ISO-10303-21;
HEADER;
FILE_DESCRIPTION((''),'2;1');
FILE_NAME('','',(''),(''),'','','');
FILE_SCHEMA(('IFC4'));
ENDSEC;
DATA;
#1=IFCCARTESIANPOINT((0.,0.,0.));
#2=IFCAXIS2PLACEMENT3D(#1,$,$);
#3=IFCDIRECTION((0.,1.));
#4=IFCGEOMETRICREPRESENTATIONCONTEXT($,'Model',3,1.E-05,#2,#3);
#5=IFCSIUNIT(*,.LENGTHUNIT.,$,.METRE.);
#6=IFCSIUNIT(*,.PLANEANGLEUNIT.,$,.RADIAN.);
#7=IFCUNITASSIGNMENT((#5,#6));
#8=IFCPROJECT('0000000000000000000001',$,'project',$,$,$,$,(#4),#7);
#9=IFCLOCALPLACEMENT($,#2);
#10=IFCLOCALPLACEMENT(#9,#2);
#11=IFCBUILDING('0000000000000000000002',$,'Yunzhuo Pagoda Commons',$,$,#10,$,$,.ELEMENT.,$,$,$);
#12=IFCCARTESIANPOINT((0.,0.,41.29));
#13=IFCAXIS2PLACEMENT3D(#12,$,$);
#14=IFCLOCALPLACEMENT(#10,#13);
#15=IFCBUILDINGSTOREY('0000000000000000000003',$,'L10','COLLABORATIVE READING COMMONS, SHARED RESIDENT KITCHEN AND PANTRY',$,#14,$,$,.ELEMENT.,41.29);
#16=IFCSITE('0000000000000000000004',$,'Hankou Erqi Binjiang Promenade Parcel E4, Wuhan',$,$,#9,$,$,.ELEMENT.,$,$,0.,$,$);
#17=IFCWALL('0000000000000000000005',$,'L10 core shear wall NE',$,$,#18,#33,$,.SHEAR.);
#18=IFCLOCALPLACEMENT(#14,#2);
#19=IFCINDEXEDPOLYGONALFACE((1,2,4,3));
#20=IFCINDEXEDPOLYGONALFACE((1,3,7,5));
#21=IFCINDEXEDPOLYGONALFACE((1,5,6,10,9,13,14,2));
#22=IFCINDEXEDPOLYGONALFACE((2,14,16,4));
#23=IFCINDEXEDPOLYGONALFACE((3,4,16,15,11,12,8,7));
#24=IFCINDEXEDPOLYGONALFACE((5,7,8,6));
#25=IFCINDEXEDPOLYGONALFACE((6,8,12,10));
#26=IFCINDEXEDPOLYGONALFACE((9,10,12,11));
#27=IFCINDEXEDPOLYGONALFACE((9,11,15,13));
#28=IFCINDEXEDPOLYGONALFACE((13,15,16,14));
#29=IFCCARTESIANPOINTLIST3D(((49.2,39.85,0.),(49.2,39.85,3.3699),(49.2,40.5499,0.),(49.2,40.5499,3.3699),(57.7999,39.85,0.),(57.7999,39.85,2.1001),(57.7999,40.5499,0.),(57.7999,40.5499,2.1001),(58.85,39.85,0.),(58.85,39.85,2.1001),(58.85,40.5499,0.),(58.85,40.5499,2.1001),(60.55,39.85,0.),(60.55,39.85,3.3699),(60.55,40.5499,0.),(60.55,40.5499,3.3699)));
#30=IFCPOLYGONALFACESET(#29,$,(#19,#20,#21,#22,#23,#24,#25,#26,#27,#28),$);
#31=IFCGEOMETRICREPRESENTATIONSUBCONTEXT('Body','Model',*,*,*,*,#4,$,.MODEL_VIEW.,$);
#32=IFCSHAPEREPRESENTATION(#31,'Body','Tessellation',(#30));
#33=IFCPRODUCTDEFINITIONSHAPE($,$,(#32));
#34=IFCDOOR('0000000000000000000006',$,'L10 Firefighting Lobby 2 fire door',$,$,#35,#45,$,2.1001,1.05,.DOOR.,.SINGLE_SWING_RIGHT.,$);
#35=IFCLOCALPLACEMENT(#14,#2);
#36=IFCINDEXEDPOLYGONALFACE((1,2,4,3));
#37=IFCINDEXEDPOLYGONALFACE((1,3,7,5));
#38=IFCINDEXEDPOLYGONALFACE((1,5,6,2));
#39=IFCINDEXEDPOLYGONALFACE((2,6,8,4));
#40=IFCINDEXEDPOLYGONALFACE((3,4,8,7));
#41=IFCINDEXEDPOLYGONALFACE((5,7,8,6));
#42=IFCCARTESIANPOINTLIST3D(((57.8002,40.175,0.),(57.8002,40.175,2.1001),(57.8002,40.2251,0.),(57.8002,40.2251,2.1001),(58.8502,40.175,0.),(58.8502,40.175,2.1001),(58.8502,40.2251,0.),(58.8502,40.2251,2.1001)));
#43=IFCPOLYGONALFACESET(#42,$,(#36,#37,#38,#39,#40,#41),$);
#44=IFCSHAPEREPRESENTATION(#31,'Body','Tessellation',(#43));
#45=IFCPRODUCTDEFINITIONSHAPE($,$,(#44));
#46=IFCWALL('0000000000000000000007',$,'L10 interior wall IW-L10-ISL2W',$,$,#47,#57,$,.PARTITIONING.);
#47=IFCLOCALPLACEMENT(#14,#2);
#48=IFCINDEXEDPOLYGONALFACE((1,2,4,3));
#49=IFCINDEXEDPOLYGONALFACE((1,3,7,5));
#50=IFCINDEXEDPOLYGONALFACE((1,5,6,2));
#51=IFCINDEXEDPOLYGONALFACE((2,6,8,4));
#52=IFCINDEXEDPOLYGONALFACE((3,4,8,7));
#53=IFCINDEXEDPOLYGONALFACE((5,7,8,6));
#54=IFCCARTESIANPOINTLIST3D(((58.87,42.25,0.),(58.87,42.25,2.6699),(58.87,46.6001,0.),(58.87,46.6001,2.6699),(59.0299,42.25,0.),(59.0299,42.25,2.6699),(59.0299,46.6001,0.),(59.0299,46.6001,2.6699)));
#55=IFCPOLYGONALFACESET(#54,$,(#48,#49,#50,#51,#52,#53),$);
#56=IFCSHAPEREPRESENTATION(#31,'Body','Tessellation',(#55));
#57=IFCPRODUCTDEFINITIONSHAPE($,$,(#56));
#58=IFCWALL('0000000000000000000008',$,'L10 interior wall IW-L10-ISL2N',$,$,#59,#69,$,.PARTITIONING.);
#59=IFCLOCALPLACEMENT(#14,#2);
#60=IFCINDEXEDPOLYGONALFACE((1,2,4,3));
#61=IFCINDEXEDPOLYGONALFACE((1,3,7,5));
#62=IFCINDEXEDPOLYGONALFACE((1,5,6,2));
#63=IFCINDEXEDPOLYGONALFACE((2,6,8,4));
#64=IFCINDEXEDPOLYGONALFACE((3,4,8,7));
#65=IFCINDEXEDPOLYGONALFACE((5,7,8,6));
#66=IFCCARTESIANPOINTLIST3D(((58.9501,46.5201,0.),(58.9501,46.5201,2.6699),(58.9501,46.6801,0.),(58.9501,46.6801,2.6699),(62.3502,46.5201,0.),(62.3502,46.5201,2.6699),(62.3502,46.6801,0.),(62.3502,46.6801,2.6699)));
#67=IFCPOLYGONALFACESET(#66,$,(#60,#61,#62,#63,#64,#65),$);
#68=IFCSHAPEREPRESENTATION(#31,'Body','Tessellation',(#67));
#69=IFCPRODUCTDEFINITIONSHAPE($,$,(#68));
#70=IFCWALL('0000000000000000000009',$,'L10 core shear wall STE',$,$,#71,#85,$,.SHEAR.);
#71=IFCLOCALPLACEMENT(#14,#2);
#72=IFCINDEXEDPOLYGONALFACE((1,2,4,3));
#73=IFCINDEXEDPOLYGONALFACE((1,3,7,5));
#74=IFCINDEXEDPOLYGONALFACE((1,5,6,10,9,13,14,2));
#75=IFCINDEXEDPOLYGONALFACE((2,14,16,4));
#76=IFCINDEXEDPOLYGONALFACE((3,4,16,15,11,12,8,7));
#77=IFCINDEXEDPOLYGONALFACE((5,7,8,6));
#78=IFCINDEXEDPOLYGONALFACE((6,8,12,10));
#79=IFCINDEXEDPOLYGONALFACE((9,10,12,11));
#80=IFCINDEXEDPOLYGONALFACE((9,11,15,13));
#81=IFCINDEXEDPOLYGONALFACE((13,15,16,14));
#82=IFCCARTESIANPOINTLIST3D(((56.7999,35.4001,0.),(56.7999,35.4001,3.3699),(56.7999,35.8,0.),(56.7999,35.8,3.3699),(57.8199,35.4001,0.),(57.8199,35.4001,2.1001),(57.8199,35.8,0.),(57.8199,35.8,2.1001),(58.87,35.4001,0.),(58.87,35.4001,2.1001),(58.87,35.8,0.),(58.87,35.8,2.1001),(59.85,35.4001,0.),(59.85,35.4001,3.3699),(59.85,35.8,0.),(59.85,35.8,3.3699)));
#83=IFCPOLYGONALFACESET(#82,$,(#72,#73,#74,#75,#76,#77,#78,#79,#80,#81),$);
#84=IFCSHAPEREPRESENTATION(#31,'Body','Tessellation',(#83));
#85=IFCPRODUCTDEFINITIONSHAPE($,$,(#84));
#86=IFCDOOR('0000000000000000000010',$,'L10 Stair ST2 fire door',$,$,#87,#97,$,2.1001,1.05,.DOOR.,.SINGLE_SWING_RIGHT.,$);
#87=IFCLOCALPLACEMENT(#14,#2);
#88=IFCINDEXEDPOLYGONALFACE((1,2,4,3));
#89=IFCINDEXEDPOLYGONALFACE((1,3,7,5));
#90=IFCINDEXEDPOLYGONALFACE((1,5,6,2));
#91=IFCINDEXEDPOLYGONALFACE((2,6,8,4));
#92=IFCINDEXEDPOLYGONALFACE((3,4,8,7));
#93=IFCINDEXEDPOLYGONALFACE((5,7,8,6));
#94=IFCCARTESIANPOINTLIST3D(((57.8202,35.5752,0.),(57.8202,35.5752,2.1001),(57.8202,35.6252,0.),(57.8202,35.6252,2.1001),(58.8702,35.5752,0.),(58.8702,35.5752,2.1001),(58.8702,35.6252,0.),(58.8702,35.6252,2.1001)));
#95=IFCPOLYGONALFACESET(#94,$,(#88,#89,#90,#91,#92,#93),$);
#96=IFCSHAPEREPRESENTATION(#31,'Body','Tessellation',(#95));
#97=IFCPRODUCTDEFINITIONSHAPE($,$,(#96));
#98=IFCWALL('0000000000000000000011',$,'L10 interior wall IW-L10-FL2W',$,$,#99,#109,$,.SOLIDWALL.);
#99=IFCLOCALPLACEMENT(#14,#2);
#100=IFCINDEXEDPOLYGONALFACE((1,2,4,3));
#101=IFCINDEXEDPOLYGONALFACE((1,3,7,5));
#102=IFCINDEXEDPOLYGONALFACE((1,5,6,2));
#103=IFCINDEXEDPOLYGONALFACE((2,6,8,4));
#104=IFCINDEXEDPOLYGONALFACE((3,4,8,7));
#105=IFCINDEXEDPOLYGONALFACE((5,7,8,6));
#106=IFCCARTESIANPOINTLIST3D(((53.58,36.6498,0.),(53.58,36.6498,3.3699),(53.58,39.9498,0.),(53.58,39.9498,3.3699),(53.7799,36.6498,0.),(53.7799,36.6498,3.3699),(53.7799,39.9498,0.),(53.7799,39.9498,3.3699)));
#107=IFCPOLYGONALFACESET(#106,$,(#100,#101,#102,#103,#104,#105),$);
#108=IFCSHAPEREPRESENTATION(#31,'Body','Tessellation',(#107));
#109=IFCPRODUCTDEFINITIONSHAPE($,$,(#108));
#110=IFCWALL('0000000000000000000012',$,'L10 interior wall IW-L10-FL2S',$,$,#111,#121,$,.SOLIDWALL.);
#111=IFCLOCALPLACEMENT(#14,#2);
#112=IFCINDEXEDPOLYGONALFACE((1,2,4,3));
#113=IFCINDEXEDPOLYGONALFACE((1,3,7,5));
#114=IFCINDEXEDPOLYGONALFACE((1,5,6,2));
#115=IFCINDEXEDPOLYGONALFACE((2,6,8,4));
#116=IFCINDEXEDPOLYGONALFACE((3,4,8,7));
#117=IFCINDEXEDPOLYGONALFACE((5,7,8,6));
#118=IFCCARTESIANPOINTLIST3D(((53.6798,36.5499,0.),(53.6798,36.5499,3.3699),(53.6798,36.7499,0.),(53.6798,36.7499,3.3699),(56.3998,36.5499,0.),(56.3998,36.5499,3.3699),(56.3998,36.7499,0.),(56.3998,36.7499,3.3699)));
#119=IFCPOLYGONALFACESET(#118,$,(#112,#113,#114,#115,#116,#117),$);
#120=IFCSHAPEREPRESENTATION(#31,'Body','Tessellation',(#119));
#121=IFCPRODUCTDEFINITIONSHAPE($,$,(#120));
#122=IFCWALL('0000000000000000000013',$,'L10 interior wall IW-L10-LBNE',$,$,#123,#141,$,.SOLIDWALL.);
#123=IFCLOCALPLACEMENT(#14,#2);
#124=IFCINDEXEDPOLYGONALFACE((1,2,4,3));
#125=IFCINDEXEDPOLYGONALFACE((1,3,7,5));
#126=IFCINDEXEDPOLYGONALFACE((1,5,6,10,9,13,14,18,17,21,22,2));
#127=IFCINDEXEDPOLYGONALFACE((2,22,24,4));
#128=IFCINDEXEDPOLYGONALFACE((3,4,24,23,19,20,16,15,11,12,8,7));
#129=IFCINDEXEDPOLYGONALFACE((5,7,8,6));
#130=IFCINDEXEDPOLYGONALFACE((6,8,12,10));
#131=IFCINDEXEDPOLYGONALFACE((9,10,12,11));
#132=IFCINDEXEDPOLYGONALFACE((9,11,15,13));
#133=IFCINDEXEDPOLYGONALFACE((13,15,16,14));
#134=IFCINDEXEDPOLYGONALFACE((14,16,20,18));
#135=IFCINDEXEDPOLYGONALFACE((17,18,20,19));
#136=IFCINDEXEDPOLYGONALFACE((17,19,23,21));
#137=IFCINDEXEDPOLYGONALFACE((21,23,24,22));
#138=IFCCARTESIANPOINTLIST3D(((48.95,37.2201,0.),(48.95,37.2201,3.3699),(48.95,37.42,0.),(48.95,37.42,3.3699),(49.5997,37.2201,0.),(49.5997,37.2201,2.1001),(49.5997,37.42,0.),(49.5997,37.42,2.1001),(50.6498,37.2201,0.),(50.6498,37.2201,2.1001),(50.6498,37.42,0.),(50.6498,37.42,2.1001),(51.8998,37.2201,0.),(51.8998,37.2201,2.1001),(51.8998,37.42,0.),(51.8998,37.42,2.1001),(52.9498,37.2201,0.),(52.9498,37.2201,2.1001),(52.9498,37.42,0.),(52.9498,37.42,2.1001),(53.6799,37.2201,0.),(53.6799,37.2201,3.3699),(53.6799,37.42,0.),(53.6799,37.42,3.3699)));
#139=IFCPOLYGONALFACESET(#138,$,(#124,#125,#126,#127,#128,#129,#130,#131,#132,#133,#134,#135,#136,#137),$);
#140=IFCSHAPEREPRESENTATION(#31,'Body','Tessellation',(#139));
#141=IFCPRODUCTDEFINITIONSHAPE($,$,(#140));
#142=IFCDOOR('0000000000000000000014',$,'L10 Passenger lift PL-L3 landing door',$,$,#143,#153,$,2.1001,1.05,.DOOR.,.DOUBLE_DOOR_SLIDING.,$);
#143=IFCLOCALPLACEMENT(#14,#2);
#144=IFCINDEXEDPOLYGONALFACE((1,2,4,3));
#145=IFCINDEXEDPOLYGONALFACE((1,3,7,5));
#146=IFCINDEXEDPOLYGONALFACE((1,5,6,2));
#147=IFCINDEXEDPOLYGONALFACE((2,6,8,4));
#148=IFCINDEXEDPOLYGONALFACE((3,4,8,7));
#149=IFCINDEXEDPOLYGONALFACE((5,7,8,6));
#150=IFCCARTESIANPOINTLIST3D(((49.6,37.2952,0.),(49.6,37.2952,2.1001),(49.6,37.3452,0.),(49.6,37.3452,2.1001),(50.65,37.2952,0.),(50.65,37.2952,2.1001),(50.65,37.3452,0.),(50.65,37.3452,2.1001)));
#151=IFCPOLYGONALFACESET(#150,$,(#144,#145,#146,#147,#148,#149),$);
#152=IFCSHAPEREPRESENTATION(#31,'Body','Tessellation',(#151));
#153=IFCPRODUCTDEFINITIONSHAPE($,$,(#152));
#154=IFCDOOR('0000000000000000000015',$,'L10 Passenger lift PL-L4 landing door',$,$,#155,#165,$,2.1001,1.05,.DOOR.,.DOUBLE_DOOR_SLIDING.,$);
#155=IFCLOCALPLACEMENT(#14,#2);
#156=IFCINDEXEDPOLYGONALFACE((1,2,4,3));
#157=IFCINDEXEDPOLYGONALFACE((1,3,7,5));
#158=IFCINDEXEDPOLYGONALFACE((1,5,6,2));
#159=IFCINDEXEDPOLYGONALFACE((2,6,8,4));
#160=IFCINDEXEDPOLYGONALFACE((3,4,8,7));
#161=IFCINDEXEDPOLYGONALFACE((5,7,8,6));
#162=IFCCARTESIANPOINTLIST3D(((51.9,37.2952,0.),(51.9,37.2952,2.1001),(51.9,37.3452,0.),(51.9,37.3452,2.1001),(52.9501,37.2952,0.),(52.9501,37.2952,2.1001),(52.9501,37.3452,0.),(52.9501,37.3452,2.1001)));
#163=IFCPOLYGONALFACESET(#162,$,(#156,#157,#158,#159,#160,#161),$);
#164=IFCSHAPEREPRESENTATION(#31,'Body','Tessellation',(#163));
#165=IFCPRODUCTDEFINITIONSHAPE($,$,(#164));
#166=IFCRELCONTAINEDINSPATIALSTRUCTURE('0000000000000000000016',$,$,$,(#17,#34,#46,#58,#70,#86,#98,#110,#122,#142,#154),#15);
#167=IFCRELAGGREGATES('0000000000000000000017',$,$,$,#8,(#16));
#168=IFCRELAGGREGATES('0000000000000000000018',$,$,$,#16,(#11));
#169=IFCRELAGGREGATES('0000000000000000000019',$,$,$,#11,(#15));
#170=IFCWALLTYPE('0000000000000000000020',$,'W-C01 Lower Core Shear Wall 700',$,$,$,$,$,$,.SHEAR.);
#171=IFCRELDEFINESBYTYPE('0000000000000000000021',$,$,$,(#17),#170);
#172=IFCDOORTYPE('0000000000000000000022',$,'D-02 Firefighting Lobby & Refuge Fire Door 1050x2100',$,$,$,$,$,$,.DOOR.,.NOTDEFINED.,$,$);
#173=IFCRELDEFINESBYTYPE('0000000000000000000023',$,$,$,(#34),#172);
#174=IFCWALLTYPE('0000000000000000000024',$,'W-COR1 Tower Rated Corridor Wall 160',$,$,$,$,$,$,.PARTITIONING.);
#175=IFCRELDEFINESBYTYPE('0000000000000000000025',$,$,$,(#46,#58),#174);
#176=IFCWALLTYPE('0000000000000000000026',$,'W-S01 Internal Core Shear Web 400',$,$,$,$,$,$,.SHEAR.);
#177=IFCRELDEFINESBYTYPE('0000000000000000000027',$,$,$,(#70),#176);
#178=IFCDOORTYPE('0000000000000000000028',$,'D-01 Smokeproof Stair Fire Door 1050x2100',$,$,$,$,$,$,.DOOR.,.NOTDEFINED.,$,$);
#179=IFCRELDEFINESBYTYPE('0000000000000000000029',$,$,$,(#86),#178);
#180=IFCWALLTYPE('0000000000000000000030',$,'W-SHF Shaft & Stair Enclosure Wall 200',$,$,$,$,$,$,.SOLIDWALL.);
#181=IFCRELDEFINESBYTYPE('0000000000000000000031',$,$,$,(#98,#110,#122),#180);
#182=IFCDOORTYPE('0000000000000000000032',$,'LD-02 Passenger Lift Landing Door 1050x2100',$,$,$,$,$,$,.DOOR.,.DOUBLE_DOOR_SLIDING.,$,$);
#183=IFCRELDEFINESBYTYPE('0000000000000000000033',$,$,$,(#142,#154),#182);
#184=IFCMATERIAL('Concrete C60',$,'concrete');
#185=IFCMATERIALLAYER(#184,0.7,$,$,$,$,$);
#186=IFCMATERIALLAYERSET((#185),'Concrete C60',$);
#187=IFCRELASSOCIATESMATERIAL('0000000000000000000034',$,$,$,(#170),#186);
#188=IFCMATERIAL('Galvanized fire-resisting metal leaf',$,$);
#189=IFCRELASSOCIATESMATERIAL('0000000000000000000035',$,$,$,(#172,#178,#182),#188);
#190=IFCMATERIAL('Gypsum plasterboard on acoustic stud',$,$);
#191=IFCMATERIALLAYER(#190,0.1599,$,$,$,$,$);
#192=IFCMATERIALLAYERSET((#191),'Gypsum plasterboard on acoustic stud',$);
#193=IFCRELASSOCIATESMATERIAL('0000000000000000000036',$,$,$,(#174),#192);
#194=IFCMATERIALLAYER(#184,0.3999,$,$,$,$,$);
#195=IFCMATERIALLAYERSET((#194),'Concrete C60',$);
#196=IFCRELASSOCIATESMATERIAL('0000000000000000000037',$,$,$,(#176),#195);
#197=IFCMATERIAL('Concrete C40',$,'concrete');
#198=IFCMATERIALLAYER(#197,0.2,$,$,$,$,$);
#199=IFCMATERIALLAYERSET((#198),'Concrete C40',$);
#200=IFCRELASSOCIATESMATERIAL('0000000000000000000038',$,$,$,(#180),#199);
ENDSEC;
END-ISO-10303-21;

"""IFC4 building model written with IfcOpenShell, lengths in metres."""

from ifc_helpers import new_model, si_unit, direction, frame, frame_2d, origin, place, context, subcontext, project, spatial, rectangle, extrude, source, transform, mapped, material, layer, layer_set, type_object, element, fill, save


model = new_model("IFC4")

# Units and contexts
model_context = context("Model", 3, precision=1e-05, world=origin(), true_north=direction((0.0, 1.0)))
body_context = subcontext(model_context, "Body", "Model", "MODEL_VIEW")
ifc_project = project(units=[si_unit("LENGTHUNIT", "METRE"), si_unit("PLANEANGLEUNIT", "RADIAN")], contexts=[model_context])

# Site, building, storey
site_placement = place(None, origin())
site = spatial("IfcSite", under=ifc_project, at=site_placement, Name="Hankou Erqi Binjiang Promenade Parcel E4, Wuhan", CompositionType="ELEMENT", RefElevation=0.0)
building_placement = place(site_placement, origin())
building = spatial("IfcBuilding", under=site, at=building_placement, Name="Yunzhuo Pagoda Commons", CompositionType="ELEMENT")
storey_placement = place(building_placement, frame((0.0, 0.0, 41.29)))
storey = spatial("IfcBuildingStorey", under=building, at=storey_placement, Name="L10", Description="COLLABORATIVE READING COMMONS, SHARED RESIDENT KITCHEN AND PANTRY", CompositionType="ELEMENT", Elevation=41.29)

# Wall, opening, door
ifc_material_1 = material(Name="Concrete C60", Category="concrete")
ifc_layer_1 = layer(ifc_material_1, 0.7)
ifc_layer_set_1 = layer_set([ifc_layer_1], Name="Concrete C60")
wall_type_1 = type_object("IfcWallType", Name="W-C01 Lower Core Shear Wall 700", PredefinedType="SHEAR", material=ifc_layer_set_1)
wall_1_placement = place(storey_placement, frame((49.2, 40.2, 0.0), z_axis=(0.0, 0.0, 1.0), x_axis=(1.0, 0.0, 0.0)))
wall_1 = element("IfcWall", 1, at=wall_1_placement, inside=storey, type_object=wall_type_1, Name="L10 core shear wall NE", PredefinedType="SHEAR", context=body_context, shape_type="SweptSolid", body=[
    extrude(rectangle(XDim=11.3501, YDim=0.7, at=frame_2d((5.675, 0.0))), origin(), (0.0, 0.0, 1.0), 3.3699),
])
opening_1_placement = place(wall_1_placement, frame((8.6001, 0.0, 0.0)))
opening_1 = element("IfcOpeningElement", 2, at=opening_1_placement, cuts=wall_1, PredefinedType="OPENING", context=body_context, shape_type="SweptSolid", body=[
    extrude(rectangle(XDim=1.05, YDim=2.1001, at=frame_2d((0.5249, 1.05))), frame((0.0, 0.3599, 0.0), z_axis=(0.0, -1.0, 0.0), x_axis=(1.0, 0.0, 0.0)), (0.0, 0.0, 1.0), 0.72),
])
ifc_material_2 = material(Name="Galvanized fire-resisting metal leaf")
door_type_1 = type_object("IfcDoorType", Name="D-02 Firefighting Lobby & Refuge Fire Door 1050x2100", OperationType="NOTDEFINED", PredefinedType="DOOR", material=ifc_material_2)
shared_shape_1 = source(origin(), body_context, "Body", "SweptSolid", [
    extrude(rectangle(XDim=1.05, YDim=2.1001, at=frame_2d((0.5249, 1.05))), frame((0.0, 0.0249, 0.0), z_axis=(0.0, -1.0, 0.0), x_axis=(1.0, 0.0, 0.0)), (0.0, 0.0, 1.0), 0.05),
])
door_1_placement = place(opening_1_placement, frame((1.05, 0.0, 0.0), z_axis=(0.0, 0.0, 1.0), x_axis=(-1.0, 0.0, 0.0)))
door_1 = element("IfcDoor", 3, at=door_1_placement, inside=storey, type_object=door_type_1, Name="L10 Firefighting Lobby 2 fire door", OperationType="SINGLE_SWING_RIGHT", OverallHeight=2.1001, OverallWidth=1.05, PredefinedType="DOOR", context=body_context, shape_type="MappedRepresentation", body=[
    mapped(shared_shape_1, transform((0.0, 0.0, 0.0), scale=1.0)),
])
fill(opening_1, door_1)

# Walls
ifc_material_3 = material(Name="Gypsum plasterboard on acoustic stud")
ifc_layer_2 = layer(ifc_material_3, 0.1599)
ifc_layer_set_2 = layer_set([ifc_layer_2], Name="Gypsum plasterboard on acoustic stud")
wall_type_2 = type_object("IfcWallType", Name="W-COR1 Tower Rated Corridor Wall 160", PredefinedType="PARTITIONING", material=ifc_layer_set_2)
wall_2_placement = place(storey_placement, frame((58.95, 42.25, 0.0), z_axis=(0.0, 0.0, 1.0), x_axis=(0.0, 1.0, 0.0)))
element("IfcWall", 4, at=wall_2_placement, inside=storey, type_object=wall_type_2, Name="L10 interior wall IW-L10-ISL2W", PredefinedType="PARTITIONING", context=body_context, shape_type="SweptSolid", body=[
    extrude(rectangle(XDim=4.3501, YDim=0.1599, at=frame_2d((2.175, 0.0))), origin(), (0.0, 0.0, 1.0), 2.6699),
])
wall_3_placement = place(storey_placement, frame((58.95, 46.6001, 0.0), z_axis=(0.0, 0.0, 1.0), x_axis=(1.0, 0.0, 0.0)))
element("IfcWall", 5, at=wall_3_placement, inside=storey, type_object=wall_type_2, Name="L10 interior wall IW-L10-ISL2N", PredefinedType="PARTITIONING", context=body_context, shape_type="SweptSolid", body=[
    extrude(rectangle(XDim=3.4001, YDim=0.1599, at=frame_2d((1.7002, 0.0))), origin(), (0.0, 0.0, 1.0), 2.6699),
])

# Wall, opening, door
ifc_layer_3 = layer(ifc_material_1, 0.3999)
ifc_layer_set_3 = layer_set([ifc_layer_3], Name="Concrete C60")
wall_type_3 = type_object("IfcWallType", Name="W-S01 Internal Core Shear Web 400", PredefinedType="SHEAR", material=ifc_layer_set_3)
wall_4_placement = place(storey_placement, frame((56.8, 35.6001, 0.0), z_axis=(0.0, 0.0, 1.0), x_axis=(1.0, 0.0, 0.0)))
wall_4 = element("IfcWall", 6, at=wall_4_placement, inside=storey, type_object=wall_type_3, Name="L10 core shear wall STE", PredefinedType="SHEAR", context=body_context, shape_type="SweptSolid", body=[
    extrude(rectangle(XDim=3.05, YDim=0.3999, at=frame_2d((1.5249, 0.0))), origin(), (0.0, 0.0, 1.0), 3.3699),
])
opening_2_placement = place(wall_4_placement, frame((1.02, 0.0, 0.0)))
opening_2 = element("IfcOpeningElement", 7, at=opening_2_placement, cuts=wall_4, PredefinedType="OPENING", context=body_context, shape_type="SweptSolid", body=[
    extrude(rectangle(XDim=1.05, YDim=2.1001, at=frame_2d((0.5249, 1.05))), frame((0.0, 0.21, 0.0), z_axis=(0.0, -1.0, 0.0), x_axis=(1.0, 0.0, 0.0)), (0.0, 0.0, 1.0), 0.4199),
])
door_type_2 = type_object("IfcDoorType", Name="D-01 Smokeproof Stair Fire Door 1050x2100", OperationType="NOTDEFINED", PredefinedType="DOOR", material=ifc_material_2)
door_2_placement = place(opening_2_placement, frame((1.05, 0.0, 0.0), z_axis=(0.0, 0.0, 1.0), x_axis=(-1.0, 0.0, 0.0)))
door_2 = element("IfcDoor", 8, at=door_2_placement, inside=storey, type_object=door_type_2, Name="L10 Stair ST2 fire door", OperationType="SINGLE_SWING_RIGHT", OverallHeight=2.1001, OverallWidth=1.05, PredefinedType="DOOR", context=body_context, shape_type="MappedRepresentation", body=[
    mapped(shared_shape_1, transform((0.0, 0.0, 0.0), scale=1.0)),
])
fill(opening_2, door_2)

# Walls
ifc_material_4 = material(Name="Concrete C40", Category="concrete")
ifc_layer_4 = layer(ifc_material_4, 0.2)
ifc_layer_set_4 = layer_set([ifc_layer_4], Name="Concrete C40")
wall_type_4 = type_object("IfcWallType", Name="W-SHF Shaft & Stair Enclosure Wall 200", PredefinedType="SOLIDWALL", material=ifc_layer_set_4)
wall_5_placement = place(storey_placement, frame((53.6799, 36.6499, 0.0), z_axis=(0.0, 0.0, 1.0), x_axis=(0.0, 1.0, 0.0)))
element("IfcWall", 9, at=wall_5_placement, inside=storey, type_object=wall_type_4, Name="L10 interior wall IW-L10-FL2W", PredefinedType="SOLIDWALL", context=body_context, shape_type="SweptSolid", body=[
    extrude(rectangle(XDim=3.3, YDim=0.2, at=frame_2d((1.6499, 0.0))), origin(), (0.0, 0.0, 1.0), 3.3699),
])
wall_6_placement = place(storey_placement, frame((53.6799, 36.6499, 0.0), z_axis=(0.0, 0.0, 1.0), x_axis=(1.0, 0.0, 0.0)))
element("IfcWall", 10, at=wall_6_placement, inside=storey, type_object=wall_type_4, Name="L10 interior wall IW-L10-FL2S", PredefinedType="SOLIDWALL", context=body_context, shape_type="SweptSolid", body=[
    extrude(rectangle(XDim=2.72, YDim=0.2, at=frame_2d((1.3599, 0.0))), origin(), (0.0, 0.0, 1.0), 3.3699),
])

# Wall, openings, doors
wall_7_placement = place(storey_placement, frame((48.95, 37.3201, 0.0), z_axis=(0.0, 0.0, 1.0), x_axis=(1.0, 0.0, 0.0)))
wall_7 = element("IfcWall", 11, at=wall_7_placement, inside=storey, type_object=wall_type_4, Name="L10 interior wall IW-L10-LBNE", PredefinedType="SOLIDWALL", context=body_context, shape_type="SweptSolid", body=[
    extrude(rectangle(XDim=4.73, YDim=0.2, at=frame_2d((2.365, 0.0))), origin(), (0.0, 0.0, 1.0), 3.3699),
])
opening_3_placement = place(wall_7_placement, frame((0.6499, 0.0, 0.0)))
opening_3 = element("IfcOpeningElement", 12, at=opening_3_placement, cuts=wall_7, PredefinedType="OPENING", context=body_context, shape_type="SweptSolid", body=[
    extrude(rectangle(XDim=1.05, YDim=2.1001, at=frame_2d((0.5249, 1.05))), frame((0.0, 0.1099, 0.0), z_axis=(0.0, -1.0, 0.0), x_axis=(1.0, 0.0, 0.0)), (0.0, 0.0, 1.0), 0.22),
])
opening_4_placement = place(wall_7_placement, frame((2.95, 0.0, 0.0)))
opening_4 = element("IfcOpeningElement", 13, at=opening_4_placement, cuts=wall_7, PredefinedType="OPENING", context=body_context, shape_type="SweptSolid", body=[
    extrude(rectangle(XDim=1.05, YDim=2.1001, at=frame_2d((0.5249, 1.05))), frame((0.0, 0.1099, 0.0), z_axis=(0.0, -1.0, 0.0), x_axis=(1.0, 0.0, 0.0)), (0.0, 0.0, 1.0), 0.22),
])
door_type_3 = type_object("IfcDoorType", Name="LD-02 Passenger Lift Landing Door 1050x2100", OperationType="DOUBLE_DOOR_SLIDING", PredefinedType="DOOR", material=ifc_material_2)
door_3_placement = place(opening_3_placement, frame((1.05, 0.0, 0.0), z_axis=(0.0, 0.0, 1.0), x_axis=(-1.0, 0.0, 0.0)))
door_3 = element("IfcDoor", 14, at=door_3_placement, inside=storey, type_object=door_type_3, Name="L10 Passenger lift PL-L3 landing door", OperationType="DOUBLE_DOOR_SLIDING", OverallHeight=2.1001, OverallWidth=1.05, PredefinedType="DOOR", context=body_context, shape_type="MappedRepresentation", body=[
    mapped(shared_shape_1, transform((0.0, 0.0, 0.0), scale=1.0)),
])
fill(opening_3, door_3)
door_4_placement = place(opening_4_placement, frame((1.05, 0.0, 0.0), z_axis=(0.0, 0.0, 1.0), x_axis=(-1.0, 0.0, 0.0)))
door_4 = element("IfcDoor", 15, at=door_4_placement, inside=storey, type_object=door_type_3, Name="L10 Passenger lift PL-L4 landing door", OperationType="DOUBLE_DOOR_SLIDING", OverallHeight=2.1001, OverallWidth=1.05, PredefinedType="DOOR", context=body_context, shape_type="MappedRepresentation", body=[
    mapped(shared_shape_1, transform((0.0, 0.0, 0.0), scale=1.0)),
])
fill(opening_4, door_4)

save(model, "model.ifc")
